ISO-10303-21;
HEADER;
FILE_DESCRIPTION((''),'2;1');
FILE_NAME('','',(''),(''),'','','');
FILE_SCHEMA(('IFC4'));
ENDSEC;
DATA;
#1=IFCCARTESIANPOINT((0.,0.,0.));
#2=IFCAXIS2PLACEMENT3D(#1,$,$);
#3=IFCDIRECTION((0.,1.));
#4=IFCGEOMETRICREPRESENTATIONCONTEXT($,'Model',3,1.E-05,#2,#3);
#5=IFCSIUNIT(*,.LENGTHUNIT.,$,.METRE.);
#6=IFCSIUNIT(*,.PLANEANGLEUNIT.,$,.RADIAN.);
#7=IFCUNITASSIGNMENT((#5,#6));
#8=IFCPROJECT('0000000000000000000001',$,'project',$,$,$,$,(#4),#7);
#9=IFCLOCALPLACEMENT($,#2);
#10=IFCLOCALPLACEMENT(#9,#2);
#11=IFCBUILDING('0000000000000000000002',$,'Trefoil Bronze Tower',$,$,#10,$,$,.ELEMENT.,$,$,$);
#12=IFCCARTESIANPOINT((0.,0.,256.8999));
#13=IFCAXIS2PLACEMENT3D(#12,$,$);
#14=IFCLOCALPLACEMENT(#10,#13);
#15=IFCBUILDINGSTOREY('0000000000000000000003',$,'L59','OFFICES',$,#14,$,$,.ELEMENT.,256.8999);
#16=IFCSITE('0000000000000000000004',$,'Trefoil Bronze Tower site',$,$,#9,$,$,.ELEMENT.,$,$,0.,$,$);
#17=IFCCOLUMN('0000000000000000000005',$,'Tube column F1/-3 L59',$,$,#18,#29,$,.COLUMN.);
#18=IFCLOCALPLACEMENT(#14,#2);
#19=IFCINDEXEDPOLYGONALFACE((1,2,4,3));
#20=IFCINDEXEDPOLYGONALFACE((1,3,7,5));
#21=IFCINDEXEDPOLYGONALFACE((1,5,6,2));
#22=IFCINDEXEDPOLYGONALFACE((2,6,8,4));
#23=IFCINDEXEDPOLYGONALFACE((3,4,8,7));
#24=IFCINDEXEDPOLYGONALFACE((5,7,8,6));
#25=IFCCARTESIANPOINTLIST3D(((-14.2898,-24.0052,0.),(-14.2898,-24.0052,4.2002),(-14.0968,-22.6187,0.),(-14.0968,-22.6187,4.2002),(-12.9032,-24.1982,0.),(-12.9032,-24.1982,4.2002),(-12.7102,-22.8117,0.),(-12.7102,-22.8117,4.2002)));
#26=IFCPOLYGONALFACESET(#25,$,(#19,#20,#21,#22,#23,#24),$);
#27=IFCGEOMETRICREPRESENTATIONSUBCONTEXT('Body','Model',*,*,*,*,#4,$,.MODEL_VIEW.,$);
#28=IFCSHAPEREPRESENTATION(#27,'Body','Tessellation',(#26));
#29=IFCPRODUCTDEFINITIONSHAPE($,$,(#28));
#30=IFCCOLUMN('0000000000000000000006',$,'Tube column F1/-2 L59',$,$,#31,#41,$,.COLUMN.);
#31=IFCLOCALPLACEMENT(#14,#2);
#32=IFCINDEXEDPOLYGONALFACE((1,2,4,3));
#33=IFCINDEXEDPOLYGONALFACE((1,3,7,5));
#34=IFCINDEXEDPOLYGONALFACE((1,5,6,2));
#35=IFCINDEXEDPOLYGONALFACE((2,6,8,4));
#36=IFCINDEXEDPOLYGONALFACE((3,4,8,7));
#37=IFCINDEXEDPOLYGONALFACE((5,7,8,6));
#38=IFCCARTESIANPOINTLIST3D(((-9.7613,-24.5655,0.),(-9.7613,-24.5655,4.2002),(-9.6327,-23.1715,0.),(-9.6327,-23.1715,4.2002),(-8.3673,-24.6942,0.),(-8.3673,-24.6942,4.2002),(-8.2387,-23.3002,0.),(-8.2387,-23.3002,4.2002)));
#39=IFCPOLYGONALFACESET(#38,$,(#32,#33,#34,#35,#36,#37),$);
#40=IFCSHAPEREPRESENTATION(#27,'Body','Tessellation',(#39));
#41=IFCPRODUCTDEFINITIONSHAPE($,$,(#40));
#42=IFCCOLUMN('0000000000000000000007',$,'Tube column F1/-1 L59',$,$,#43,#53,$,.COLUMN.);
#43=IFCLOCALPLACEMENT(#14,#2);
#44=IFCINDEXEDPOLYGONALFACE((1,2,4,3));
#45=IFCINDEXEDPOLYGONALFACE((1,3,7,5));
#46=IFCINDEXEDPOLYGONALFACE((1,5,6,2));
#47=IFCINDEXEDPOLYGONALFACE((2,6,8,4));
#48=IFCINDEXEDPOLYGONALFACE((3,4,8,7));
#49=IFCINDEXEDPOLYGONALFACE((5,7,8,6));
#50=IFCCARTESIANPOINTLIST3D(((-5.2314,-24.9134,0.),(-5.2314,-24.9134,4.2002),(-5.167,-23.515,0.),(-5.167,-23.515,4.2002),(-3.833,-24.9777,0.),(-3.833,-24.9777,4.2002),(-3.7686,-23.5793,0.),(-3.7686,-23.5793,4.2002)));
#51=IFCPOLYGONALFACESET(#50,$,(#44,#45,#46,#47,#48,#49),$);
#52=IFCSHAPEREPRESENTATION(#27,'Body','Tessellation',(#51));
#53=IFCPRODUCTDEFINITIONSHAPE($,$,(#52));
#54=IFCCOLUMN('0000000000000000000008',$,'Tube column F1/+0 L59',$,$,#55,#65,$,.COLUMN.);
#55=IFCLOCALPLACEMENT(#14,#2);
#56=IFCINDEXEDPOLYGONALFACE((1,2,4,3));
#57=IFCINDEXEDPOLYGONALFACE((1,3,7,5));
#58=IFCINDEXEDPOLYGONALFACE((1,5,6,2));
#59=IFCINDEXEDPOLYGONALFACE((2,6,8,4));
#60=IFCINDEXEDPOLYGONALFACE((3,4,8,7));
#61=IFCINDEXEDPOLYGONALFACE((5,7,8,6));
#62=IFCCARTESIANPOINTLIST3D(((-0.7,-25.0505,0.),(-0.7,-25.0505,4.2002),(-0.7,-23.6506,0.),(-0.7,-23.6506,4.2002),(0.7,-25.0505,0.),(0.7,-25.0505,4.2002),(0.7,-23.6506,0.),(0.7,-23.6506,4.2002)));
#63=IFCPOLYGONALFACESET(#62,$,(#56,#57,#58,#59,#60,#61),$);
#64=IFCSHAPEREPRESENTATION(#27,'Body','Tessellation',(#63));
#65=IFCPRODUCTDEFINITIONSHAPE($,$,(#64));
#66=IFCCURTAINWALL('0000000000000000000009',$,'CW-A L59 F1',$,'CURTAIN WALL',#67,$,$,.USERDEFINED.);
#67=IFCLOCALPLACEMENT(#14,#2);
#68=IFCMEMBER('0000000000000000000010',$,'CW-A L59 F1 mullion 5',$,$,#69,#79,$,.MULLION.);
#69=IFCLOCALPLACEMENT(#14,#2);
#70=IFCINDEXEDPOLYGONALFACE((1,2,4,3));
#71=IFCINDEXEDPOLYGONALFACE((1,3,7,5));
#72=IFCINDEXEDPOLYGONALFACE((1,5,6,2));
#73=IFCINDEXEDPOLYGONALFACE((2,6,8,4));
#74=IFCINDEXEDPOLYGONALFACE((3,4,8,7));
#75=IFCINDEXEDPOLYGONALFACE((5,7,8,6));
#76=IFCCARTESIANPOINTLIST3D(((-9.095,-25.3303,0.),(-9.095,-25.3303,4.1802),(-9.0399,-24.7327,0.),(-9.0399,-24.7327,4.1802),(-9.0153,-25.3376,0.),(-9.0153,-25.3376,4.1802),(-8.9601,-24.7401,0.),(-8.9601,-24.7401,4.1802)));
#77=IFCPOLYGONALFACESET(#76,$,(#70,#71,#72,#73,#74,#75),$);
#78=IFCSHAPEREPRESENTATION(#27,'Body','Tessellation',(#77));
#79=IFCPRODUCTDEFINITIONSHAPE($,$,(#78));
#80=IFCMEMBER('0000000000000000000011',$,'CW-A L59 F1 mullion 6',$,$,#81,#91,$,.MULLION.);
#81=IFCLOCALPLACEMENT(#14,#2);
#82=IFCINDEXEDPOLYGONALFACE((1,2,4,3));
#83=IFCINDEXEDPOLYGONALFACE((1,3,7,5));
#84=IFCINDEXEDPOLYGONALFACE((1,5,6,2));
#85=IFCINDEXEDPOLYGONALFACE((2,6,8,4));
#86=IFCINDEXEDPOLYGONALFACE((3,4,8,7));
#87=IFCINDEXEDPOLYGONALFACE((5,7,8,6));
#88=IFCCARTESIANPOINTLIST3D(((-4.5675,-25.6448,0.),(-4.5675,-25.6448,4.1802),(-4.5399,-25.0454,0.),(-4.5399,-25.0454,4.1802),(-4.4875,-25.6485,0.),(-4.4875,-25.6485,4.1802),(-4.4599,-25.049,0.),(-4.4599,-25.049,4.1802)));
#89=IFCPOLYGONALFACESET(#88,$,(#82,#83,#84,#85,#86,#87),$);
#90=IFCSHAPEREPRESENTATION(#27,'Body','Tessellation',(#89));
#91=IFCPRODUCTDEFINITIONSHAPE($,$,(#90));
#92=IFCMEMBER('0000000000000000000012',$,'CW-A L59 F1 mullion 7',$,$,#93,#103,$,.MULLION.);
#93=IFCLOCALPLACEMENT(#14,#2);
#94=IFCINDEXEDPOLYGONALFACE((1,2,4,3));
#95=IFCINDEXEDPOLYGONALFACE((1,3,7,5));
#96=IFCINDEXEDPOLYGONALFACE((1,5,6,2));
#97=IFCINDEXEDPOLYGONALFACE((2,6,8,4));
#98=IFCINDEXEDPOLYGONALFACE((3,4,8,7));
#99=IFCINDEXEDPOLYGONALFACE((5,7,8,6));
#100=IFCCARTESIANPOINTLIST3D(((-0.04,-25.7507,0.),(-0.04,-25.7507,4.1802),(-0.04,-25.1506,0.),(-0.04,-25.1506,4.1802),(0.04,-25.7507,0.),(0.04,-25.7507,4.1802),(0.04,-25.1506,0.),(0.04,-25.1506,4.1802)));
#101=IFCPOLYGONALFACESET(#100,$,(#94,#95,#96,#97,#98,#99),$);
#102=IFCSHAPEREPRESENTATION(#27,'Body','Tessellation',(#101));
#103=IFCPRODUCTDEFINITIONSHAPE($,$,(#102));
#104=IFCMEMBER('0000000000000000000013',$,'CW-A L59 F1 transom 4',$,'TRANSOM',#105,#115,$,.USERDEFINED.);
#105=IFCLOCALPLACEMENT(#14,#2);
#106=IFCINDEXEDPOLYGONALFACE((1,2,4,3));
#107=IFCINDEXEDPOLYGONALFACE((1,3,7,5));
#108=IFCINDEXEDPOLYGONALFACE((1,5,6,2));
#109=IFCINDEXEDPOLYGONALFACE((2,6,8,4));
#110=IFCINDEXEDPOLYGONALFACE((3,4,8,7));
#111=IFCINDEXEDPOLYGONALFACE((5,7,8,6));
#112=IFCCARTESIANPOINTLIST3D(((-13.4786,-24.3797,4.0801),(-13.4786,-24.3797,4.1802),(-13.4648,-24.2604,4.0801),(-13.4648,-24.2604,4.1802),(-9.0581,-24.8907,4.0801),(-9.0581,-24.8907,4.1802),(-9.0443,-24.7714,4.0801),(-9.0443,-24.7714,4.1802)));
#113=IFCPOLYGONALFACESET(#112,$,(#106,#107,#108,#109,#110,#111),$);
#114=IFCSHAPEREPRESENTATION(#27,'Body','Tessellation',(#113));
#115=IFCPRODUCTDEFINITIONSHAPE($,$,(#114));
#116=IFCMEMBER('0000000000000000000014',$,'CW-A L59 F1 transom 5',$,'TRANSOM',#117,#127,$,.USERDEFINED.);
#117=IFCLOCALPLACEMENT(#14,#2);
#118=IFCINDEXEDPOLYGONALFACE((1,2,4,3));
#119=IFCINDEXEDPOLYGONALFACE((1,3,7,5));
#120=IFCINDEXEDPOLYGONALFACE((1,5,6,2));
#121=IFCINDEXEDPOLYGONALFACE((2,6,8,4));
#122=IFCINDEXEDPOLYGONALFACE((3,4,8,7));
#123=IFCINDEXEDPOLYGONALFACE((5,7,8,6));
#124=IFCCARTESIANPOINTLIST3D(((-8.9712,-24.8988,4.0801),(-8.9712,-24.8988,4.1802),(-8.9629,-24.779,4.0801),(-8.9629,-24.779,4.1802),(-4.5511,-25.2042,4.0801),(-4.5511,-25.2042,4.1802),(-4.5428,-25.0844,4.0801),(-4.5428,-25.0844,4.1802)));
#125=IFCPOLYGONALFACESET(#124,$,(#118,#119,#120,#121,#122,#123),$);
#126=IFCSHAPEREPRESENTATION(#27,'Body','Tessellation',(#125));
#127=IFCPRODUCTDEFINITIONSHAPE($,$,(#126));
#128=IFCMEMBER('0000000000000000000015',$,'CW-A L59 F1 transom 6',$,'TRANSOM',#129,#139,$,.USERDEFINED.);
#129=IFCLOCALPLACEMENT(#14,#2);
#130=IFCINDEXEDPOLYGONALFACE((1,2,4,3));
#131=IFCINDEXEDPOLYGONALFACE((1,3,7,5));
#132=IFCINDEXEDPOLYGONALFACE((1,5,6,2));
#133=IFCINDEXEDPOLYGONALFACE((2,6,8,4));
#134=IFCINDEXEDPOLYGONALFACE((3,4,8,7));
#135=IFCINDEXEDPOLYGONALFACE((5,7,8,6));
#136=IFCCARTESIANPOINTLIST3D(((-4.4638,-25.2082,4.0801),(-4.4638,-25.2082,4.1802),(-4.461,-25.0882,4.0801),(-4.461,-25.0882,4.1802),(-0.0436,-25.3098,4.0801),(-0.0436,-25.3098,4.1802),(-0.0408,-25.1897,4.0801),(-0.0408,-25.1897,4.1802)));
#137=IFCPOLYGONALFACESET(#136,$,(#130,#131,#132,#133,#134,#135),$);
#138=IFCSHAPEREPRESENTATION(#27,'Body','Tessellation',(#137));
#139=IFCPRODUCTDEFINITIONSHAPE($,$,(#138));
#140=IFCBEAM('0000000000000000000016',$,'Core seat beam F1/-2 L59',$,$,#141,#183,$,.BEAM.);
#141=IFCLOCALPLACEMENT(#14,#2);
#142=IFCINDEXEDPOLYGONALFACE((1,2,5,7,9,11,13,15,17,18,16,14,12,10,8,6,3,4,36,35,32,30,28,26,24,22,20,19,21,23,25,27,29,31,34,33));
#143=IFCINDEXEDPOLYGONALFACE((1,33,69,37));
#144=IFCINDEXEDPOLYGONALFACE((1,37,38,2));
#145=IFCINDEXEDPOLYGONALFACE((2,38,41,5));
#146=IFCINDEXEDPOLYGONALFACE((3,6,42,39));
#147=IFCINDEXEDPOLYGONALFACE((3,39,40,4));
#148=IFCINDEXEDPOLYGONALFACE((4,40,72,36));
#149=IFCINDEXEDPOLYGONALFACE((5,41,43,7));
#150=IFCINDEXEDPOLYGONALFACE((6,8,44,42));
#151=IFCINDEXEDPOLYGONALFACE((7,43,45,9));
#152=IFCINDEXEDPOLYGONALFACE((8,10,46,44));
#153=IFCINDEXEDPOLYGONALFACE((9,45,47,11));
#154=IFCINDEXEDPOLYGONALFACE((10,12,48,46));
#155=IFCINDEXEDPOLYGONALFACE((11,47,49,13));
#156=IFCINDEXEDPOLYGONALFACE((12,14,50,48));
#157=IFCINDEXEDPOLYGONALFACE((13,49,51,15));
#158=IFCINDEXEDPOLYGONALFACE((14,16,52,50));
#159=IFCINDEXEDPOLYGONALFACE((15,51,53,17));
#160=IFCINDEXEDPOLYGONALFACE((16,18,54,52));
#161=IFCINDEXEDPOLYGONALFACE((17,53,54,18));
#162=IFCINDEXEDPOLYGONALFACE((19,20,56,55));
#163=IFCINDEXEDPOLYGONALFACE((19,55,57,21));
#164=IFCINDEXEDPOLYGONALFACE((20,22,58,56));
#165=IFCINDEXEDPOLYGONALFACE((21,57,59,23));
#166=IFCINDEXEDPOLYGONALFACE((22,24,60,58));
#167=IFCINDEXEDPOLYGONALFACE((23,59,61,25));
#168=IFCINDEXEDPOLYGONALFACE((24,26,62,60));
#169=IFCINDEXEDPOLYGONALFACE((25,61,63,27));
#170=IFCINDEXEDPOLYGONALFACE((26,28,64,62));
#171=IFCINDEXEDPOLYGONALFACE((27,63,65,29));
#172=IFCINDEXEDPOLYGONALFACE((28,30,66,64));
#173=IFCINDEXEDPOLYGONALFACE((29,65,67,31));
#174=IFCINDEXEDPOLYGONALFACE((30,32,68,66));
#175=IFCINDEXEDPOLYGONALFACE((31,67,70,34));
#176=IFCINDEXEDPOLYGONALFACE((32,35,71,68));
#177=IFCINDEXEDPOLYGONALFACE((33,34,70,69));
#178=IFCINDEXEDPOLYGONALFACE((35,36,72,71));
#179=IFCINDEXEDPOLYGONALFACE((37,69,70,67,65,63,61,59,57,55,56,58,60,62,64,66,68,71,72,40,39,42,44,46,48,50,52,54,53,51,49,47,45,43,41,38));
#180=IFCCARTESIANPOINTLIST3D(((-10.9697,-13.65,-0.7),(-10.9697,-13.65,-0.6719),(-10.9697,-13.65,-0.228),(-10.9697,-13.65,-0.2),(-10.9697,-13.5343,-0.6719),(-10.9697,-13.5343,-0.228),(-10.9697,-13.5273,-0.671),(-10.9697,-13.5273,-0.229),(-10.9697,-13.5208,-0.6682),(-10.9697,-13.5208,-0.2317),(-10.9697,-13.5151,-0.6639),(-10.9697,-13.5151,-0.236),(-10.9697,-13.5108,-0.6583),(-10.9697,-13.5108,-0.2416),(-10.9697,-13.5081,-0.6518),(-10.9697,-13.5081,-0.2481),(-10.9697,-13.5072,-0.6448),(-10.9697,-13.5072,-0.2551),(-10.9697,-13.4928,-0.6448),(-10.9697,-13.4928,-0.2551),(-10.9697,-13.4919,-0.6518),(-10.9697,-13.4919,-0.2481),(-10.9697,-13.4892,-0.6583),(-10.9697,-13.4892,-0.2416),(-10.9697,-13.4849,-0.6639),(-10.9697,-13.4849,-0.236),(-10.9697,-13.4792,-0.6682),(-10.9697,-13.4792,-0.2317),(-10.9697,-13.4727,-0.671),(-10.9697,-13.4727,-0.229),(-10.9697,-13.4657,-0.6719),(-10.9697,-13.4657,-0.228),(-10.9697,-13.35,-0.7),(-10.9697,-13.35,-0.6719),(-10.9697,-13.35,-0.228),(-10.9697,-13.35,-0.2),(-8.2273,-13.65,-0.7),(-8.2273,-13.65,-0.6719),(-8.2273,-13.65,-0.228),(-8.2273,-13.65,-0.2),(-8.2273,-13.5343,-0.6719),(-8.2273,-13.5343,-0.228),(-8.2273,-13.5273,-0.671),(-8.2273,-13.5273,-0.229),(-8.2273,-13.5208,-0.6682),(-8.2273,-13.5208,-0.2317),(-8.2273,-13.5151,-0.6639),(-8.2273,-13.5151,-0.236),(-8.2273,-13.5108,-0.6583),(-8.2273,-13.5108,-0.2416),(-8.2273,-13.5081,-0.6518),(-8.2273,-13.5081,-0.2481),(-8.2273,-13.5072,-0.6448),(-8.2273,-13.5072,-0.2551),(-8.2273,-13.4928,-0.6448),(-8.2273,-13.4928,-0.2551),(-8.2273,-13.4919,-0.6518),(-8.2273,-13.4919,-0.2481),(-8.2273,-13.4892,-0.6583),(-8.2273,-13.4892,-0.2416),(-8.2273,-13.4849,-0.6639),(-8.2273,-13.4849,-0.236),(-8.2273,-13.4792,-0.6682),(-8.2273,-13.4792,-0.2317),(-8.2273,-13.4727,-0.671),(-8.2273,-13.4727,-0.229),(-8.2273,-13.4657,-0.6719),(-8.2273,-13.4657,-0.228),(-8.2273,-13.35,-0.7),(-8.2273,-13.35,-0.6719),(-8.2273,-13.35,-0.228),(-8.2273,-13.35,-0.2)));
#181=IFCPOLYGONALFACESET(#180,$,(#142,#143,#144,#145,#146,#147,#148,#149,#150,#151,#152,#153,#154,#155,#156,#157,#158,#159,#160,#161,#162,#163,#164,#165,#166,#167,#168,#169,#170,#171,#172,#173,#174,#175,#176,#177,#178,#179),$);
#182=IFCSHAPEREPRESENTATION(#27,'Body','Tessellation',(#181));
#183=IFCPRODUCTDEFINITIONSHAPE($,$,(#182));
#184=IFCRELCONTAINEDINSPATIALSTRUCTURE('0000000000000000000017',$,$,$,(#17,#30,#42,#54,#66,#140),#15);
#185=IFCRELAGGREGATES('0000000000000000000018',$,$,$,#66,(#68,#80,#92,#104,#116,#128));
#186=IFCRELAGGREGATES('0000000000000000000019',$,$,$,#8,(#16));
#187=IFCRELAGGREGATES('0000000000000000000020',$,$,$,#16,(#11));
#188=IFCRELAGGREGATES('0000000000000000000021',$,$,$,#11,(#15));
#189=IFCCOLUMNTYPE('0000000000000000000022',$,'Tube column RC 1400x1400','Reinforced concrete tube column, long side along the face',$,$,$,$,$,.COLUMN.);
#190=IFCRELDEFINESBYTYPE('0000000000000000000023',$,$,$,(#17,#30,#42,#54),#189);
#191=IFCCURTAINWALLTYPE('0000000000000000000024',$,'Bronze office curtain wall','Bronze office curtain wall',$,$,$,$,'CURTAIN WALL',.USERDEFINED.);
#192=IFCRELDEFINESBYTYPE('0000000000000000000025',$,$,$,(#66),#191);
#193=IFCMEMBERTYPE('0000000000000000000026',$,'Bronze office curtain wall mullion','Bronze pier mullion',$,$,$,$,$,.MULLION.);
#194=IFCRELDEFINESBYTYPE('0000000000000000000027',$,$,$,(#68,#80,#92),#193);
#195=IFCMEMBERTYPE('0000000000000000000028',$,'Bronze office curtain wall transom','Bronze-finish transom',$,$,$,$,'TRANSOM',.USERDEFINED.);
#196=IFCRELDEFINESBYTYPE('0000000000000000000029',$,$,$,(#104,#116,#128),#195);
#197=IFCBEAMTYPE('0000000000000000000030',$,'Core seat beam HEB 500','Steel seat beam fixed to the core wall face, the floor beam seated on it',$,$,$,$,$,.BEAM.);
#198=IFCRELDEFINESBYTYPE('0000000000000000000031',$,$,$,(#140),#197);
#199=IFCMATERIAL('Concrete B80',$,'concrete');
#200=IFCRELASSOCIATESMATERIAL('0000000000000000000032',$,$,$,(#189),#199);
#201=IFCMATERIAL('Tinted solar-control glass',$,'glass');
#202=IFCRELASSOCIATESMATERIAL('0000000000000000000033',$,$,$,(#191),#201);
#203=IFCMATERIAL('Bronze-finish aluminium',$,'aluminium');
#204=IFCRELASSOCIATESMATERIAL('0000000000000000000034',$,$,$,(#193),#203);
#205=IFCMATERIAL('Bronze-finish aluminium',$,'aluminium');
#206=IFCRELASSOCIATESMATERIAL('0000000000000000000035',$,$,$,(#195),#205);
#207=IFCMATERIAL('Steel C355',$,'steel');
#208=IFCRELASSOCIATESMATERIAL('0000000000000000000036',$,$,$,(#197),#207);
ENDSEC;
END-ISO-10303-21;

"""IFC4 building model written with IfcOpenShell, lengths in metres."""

from ifc_helpers import new_model, si_unit, direction, frame, origin, origin_2d, place, context, subcontext, project, spatial, rectangle, i_section, extrude, material, material_profile, profile_set, type_object, element, aggregate, save


model = new_model("IFC4")

# Units and contexts
model_context = context("Model", 3, precision=1e-05, world=origin(), true_north=direction((0.0, 1.0)))
body_context = subcontext(model_context, "Body", "Model", "MODEL_VIEW")
ifc_project = project(units=[si_unit("LENGTHUNIT", "METRE"), si_unit("PLANEANGLEUNIT", "RADIAN")], contexts=[model_context])

# Site, building, storey
site_placement = place(None, origin())
site = spatial("IfcSite", under=ifc_project, at=site_placement, Name="Trefoil Bronze Tower site", CompositionType="ELEMENT", RefElevation=0.0)
building_placement = place(site_placement, origin())
building = spatial("IfcBuilding", under=site, at=building_placement, Name="Trefoil Bronze Tower", CompositionType="ELEMENT")
storey_placement = place(building_placement, frame((0.0, 0.0, 256.8999)))
storey = spatial("IfcBuildingStorey", under=building, at=storey_placement, Name="L59", Description="OFFICES", CompositionType="ELEMENT", Elevation=256.8999)

# Columns
ifc_material_1 = material(Name="Concrete B80", Category="concrete")
ifc_material_profile_1 = material_profile(ifc_material_1, rectangle(XDim=1.3999, YDim=1.3999, at=origin_2d()), Name="RC 1400x1400")
ifc_profile_set_1 = profile_set([ifc_material_profile_1], Name="Concrete B80")
column_type = type_object("IfcColumnType", Name="Tube column RC 1400x1400", Description="Reinforced concrete tube column, long side along the face", PredefinedType="COLUMN", material=ifc_profile_set_1)
for number, where, z_axis, x_axis, name in (
    (1, (-13.5, -23.4084, 0.0), (0.0, 0.0, 1.0), (0.990451, -0.137868, 0.0), "Tube column F1/-3 L59"),
    (2, (-9.0, -23.9329, 0.0), (0.0, 0.0, 1.0), (0.995767, -0.091911, 0.0), "Tube column F1/-2 L59"),
    (3, (-4.5, -24.2463, 0.0), (0.0, 0.0, 1.0), (0.998943, -0.045956, 0.0), "Tube column F1/-1 L59"),
    (4, (0.0, -24.3506, 0.0), (0.0, 0.0, 1.0), (1.0, 0.0, 0.0), "Tube column F1/+0 L59"),
):
    element("IfcColumn", number, at=place(storey_placement, frame(where, z_axis=z_axis, x_axis=x_axis)), inside=storey, type_object=column_type, Name=name, PredefinedType="COLUMN", context=body_context, shape_type="SweptSolid", body=[
        extrude(rectangle(XDim=1.3999, YDim=1.3999, at=origin_2d()), origin(), (0.0, 0.0, 1.0), 4.2002),
    ])

# Curtain wall, members
ifc_material_2 = material(Name="Tinted solar-control glass", Category="glass")
curtain_wall_type = type_object("IfcCurtainWallType", Name="Bronze office curtain wall", Description="Bronze office curtain wall", ElementType="CURTAIN WALL", PredefinedType="USERDEFINED", material=ifc_material_2)
curtain_wall_placement = place(storey_placement, origin())
curtain_wall = element("IfcCurtainWall", 5, at=curtain_wall_placement, inside=storey, type_object=curtain_wall_type, Name="CW-A L59 F1", ObjectType="CURTAIN WALL", PredefinedType="USERDEFINED")
ifc_material_3 = material(Name="Bronze-finish aluminium", Category="aluminium")
ifc_material_profile_2 = material_profile(ifc_material_3, rectangle(XDim=0.6001, YDim=0.0801, at=origin_2d()), Name="CW-A mullion")
ifc_profile_set_2 = profile_set([ifc_material_profile_2], Name="Bronze-finish aluminium")
member_type_1 = type_object("IfcMemberType", Name="Bronze office curtain wall mullion", Description="Bronze pier mullion", PredefinedType="MULLION", material=ifc_profile_set_2)
member_1_placement = place(storey_placement, frame((-9.0276, -25.0352, 0.0), z_axis=(0.0, 0.0, 1.0), x_axis=(0.091911, 0.995767, 0.0)))
member_1 = element("IfcMember", 6, at=member_1_placement, type_object=member_type_1, Name="CW-A L59 F1 mullion 5", PredefinedType="MULLION", context=body_context, shape_type="SweptSolid", body=[
    extrude(rectangle(XDim=0.6001, YDim=0.0801, at=origin_2d()), origin(), (0.0, 0.0, 1.0), 4.1802),
])
member_2_placement = place(storey_placement, frame((-4.5137, -25.3469, 0.0), z_axis=(0.0, 0.0, 1.0), x_axis=(0.045956, 0.998943, 0.0)))
member_2 = element("IfcMember", 7, at=member_2_placement, type_object=member_type_1, Name="CW-A L59 F1 mullion 6", PredefinedType="MULLION", context=body_context, shape_type="SweptSolid", body=[
    extrude(rectangle(XDim=0.6001, YDim=0.0801, at=origin_2d()), origin(), (0.0, 0.0, 1.0), 4.1802),
])
member_3_placement = place(storey_placement, frame((0.0, -25.4507, 0.0), z_axis=(0.0, 0.0, 1.0), x_axis=(0.0, 1.0, 0.0)))
member_3 = element("IfcMember", 8, at=member_3_placement, type_object=member_type_1, Name="CW-A L59 F1 mullion 7", PredefinedType="MULLION", context=body_context, shape_type="SweptSolid", body=[
    extrude(rectangle(XDim=0.6001, YDim=0.0801, at=origin_2d()), origin(), (0.0, 0.0, 1.0), 4.1802),
])
ifc_material_4 = material(Name="Bronze-finish aluminium", Category="aluminium")
ifc_material_profile_3 = material_profile(ifc_material_4, rectangle(XDim=0.1201, YDim=0.1001, at=origin_2d()), Name="CW-A transom")
ifc_profile_set_3 = profile_set([ifc_material_profile_3], Name="Bronze-finish aluminium")
member_type_2 = type_object("IfcMemberType", Name="Bronze office curtain wall transom", Description="Bronze-finish transom", ElementType="TRANSOM", PredefinedType="USERDEFINED", material=ifc_profile_set_3)
member_4_placement = place(storey_placement, frame((-13.4717, -24.3201, 4.1301), z_axis=(0.993385, -0.114832, 0.0), x_axis=(0.114832, 0.993385, 0.0)))
member_4 = element("IfcMember", 9, at=member_4_placement, type_object=member_type_2, Name="CW-A L59 F1 transom 4", ObjectType="TRANSOM", PredefinedType="USERDEFINED", context=body_context, shape_type="SweptSolid", body=[
    extrude(rectangle(XDim=0.1201, YDim=0.1001, at=origin_2d()), origin(), (0.0, 0.0, 1.0), 4.45),
])
member_5_placement = place(storey_placement, frame((-8.967, -24.8389, 4.1301), z_axis=(0.997621, -0.068933, 0.0), x_axis=(0.068933, 0.997621, 0.0)))
member_5 = element("IfcMember", 10, at=member_5_placement, type_object=member_type_2, Name="CW-A L59 F1 transom 5", ObjectType="TRANSOM", PredefinedType="USERDEFINED", context=body_context, shape_type="SweptSolid", body=[
    extrude(rectangle(XDim=0.1201, YDim=0.1001, at=origin_2d()), origin(), (0.0, 0.0, 1.0), 4.4307),
])
member_6_placement = place(storey_placement, frame((-4.4624, -25.1482, 4.1301), z_axis=(0.999736, -0.022971, 0.0), x_axis=(0.022971, 0.999736, 0.0)))
member_6 = element("IfcMember", 11, at=member_6_placement, type_object=member_type_2, Name="CW-A L59 F1 transom 6", ObjectType="TRANSOM", PredefinedType="USERDEFINED", context=body_context, shape_type="SweptSolid", body=[
    extrude(rectangle(XDim=0.1201, YDim=0.1001, at=origin_2d()), origin(), (0.0, 0.0, 1.0), 4.4214),
])

# Beam
ifc_material_5 = material(Name="Steel C355", Category="steel")
ifc_material_profile_4 = material_profile(ifc_material_5, i_section(OverallWidth=0.3, OverallDepth=0.5, WebThickness=0.0144, FlangeThickness=0.0281, FilletRadius=0.0271, at=origin_2d()), Name="HEB 500")
ifc_profile_set_4 = profile_set([ifc_material_profile_4], Name="Steel C355")
beam_type_1 = type_object("IfcBeamType", Name="Core seat beam HEB 500", Description="Steel seat beam fixed to the core wall face, the floor beam seated on it", PredefinedType="BEAM", material=ifc_profile_set_4)
for number, where, z_axis, x_axis, name in (
    (12, (-10.9697, -13.5, -0.45), (1.0, 0.0, 0.0), (0.0, 1.0, 0.0), "Core seat beam F1/-2 L59"),
):
    element("IfcBeam", number, at=place(storey_placement, frame(where, z_axis=z_axis, x_axis=x_axis)), inside=storey, type_object=beam_type_1, Name=name, PredefinedType="BEAM", context=body_context, shape_type="SweptSolid", body=[
        extrude(i_section(OverallWidth=0.3, OverallDepth=0.5, WebThickness=0.0144, FlangeThickness=0.0281, FilletRadius=0.0271, at=origin_2d()), origin(), (0.0, 0.0, 1.0), 2.7424),
    ])

aggregate(curtain_wall, [member_1, member_2, member_3, member_4, member_5, member_6])

save(model, "model.ifc")
